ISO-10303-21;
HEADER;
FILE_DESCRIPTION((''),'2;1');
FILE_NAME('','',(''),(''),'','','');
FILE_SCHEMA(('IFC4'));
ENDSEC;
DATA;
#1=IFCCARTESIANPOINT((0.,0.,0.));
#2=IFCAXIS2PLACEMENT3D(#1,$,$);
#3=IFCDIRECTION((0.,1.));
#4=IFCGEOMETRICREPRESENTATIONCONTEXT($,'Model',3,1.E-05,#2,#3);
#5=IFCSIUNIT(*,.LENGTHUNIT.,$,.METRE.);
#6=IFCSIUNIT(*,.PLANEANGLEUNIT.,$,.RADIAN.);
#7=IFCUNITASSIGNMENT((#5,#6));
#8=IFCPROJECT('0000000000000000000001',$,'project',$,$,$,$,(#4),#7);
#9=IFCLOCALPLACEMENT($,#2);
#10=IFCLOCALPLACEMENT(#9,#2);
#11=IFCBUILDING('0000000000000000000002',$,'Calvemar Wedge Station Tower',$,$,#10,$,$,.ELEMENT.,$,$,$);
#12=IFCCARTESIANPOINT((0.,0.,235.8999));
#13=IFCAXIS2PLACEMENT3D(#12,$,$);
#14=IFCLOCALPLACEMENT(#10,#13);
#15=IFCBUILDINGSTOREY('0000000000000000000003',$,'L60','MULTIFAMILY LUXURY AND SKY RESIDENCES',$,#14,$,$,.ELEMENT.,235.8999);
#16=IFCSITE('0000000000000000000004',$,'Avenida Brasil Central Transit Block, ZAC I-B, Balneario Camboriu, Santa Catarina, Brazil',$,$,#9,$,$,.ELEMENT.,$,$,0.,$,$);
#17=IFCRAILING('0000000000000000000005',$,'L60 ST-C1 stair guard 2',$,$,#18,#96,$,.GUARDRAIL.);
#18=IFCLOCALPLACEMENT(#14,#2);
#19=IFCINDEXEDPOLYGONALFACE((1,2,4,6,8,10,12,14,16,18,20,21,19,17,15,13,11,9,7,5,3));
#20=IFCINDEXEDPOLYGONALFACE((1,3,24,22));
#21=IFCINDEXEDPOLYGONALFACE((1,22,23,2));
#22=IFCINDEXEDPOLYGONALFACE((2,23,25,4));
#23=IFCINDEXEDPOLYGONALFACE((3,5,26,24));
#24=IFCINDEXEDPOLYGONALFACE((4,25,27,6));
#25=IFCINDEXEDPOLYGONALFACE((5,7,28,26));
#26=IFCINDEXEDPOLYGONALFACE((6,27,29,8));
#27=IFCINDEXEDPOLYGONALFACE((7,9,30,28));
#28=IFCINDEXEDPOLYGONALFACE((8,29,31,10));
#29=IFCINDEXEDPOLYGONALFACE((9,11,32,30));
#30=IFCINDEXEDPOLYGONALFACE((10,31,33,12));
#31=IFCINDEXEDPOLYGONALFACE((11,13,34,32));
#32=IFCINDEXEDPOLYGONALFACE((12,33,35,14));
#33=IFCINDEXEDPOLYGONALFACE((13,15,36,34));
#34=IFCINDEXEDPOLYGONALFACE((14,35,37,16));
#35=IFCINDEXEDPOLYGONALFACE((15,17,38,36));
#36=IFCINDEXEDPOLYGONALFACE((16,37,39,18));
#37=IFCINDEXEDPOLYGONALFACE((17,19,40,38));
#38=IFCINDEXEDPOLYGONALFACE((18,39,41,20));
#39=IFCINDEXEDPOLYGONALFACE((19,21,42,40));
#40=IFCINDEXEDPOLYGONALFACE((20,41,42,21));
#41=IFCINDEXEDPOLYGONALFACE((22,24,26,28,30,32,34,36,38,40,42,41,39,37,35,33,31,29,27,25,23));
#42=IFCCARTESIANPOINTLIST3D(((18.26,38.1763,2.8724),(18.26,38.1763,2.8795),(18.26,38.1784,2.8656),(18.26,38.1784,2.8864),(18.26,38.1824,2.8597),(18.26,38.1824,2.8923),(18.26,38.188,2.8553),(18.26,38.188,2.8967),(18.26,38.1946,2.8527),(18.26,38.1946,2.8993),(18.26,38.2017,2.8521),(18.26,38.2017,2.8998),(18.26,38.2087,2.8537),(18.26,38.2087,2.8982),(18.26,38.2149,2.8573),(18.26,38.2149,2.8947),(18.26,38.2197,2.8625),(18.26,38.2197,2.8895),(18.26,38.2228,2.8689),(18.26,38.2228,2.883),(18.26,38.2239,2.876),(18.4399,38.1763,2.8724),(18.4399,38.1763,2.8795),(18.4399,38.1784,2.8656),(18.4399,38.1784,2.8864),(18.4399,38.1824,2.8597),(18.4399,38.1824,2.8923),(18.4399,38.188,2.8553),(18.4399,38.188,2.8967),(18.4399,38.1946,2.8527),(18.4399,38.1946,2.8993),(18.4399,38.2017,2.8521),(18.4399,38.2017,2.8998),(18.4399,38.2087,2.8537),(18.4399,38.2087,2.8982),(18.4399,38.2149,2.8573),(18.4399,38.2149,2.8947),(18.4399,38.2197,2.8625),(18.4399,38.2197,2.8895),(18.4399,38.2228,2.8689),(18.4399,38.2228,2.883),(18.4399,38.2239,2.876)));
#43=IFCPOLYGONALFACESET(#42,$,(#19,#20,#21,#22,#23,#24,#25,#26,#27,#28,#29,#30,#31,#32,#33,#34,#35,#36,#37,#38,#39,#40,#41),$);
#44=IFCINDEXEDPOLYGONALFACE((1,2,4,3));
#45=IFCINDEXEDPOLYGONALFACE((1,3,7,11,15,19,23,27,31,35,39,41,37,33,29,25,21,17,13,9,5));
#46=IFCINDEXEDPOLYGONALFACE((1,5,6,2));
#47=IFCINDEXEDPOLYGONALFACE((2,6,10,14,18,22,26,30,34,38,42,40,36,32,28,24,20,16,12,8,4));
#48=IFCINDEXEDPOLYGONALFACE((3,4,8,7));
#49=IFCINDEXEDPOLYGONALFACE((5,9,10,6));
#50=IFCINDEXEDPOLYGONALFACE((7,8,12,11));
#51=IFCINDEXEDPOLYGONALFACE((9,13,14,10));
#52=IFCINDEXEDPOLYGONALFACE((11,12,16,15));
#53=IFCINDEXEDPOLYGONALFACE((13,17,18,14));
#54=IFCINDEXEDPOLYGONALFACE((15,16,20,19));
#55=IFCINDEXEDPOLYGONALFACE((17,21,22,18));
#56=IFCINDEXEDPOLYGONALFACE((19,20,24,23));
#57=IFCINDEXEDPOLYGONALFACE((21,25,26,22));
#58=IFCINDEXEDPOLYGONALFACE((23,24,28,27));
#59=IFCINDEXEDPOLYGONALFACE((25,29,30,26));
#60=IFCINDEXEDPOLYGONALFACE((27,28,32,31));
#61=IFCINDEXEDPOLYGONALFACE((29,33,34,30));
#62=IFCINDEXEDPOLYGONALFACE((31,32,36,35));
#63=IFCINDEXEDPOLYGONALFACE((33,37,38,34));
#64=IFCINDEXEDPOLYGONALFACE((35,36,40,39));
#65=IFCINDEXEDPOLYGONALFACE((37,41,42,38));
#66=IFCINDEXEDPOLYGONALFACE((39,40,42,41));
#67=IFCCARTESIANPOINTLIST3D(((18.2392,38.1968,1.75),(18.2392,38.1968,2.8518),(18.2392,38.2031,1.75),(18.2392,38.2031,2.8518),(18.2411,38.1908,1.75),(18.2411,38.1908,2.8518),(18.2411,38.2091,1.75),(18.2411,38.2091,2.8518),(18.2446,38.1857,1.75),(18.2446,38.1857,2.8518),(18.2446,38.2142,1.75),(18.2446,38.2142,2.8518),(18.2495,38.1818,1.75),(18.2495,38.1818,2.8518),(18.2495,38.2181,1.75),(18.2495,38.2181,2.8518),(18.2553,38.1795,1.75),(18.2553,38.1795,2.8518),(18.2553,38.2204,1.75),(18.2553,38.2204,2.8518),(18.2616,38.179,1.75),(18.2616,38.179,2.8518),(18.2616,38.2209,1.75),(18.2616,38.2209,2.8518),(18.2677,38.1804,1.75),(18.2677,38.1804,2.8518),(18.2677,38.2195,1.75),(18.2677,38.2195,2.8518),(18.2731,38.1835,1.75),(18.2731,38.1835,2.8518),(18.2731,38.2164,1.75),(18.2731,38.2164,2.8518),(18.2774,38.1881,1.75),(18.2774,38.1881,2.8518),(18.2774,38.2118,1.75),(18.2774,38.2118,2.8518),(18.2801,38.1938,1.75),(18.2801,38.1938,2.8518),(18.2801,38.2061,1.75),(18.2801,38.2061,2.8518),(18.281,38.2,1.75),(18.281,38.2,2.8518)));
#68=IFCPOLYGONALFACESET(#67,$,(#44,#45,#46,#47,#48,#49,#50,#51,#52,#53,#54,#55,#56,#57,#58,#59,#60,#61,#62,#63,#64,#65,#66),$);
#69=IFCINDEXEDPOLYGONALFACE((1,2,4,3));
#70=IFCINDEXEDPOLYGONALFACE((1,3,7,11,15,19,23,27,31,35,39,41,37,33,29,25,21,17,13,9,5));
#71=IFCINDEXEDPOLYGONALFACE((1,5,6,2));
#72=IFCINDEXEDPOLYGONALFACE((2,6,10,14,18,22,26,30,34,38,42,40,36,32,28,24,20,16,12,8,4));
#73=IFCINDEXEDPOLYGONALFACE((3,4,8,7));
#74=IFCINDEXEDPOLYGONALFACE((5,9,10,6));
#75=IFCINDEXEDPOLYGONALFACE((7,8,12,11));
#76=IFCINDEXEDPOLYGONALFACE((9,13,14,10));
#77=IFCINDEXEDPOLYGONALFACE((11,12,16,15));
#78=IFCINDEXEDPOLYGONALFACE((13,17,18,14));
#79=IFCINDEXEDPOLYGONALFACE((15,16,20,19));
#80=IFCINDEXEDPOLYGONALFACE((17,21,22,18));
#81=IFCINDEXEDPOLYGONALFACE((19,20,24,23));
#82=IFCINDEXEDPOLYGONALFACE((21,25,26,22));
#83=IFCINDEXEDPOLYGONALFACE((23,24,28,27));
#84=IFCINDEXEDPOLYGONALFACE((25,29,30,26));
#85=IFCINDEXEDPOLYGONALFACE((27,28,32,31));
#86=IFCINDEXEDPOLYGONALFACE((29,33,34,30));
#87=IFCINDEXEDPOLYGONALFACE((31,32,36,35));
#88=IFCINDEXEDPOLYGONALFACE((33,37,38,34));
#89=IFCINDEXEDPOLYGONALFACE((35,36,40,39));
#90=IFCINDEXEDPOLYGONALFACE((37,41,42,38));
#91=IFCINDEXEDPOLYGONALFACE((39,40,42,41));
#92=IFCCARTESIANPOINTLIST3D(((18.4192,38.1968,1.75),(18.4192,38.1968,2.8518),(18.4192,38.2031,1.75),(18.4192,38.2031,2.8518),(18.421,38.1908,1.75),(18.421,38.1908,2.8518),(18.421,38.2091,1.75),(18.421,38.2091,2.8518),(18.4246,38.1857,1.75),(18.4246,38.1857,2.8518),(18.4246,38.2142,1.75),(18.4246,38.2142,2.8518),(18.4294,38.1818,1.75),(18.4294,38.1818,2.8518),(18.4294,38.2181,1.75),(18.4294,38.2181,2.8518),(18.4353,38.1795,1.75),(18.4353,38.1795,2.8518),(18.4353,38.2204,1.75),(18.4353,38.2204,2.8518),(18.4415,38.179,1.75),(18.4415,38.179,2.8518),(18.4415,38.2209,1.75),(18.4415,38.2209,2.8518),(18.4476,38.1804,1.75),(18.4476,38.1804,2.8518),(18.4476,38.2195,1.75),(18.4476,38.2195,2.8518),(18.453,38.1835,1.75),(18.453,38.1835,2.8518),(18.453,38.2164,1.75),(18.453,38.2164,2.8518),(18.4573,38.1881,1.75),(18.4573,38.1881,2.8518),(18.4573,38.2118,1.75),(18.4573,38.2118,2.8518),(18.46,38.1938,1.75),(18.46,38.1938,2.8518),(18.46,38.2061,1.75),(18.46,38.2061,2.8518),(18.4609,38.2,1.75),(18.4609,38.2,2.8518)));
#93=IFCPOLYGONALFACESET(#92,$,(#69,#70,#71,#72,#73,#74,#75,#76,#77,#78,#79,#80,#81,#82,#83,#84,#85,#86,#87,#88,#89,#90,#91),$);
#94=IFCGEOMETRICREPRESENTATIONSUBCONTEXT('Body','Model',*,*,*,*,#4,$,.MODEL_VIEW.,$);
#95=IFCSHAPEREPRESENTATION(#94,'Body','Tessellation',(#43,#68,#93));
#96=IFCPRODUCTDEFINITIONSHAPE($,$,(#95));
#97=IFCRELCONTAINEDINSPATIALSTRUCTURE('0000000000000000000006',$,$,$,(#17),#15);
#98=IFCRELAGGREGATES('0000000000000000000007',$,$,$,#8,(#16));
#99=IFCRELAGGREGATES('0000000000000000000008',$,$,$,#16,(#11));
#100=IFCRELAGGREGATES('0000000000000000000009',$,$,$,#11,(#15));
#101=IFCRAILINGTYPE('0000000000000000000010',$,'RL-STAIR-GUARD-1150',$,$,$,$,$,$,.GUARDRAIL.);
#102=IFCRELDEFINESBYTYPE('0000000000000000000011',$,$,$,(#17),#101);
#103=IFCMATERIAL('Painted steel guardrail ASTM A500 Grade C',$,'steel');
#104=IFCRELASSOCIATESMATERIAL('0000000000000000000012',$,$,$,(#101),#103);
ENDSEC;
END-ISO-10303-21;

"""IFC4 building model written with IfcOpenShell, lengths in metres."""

from ifc_helpers import new_model, si_unit, direction, frame, origin, origin_2d, place, context, subcontext, project, spatial, circle, extrude, material, type_object, element, save


model = new_model("IFC4")

# Units and contexts
model_context = context("Model", 3, precision=1e-05, world=origin(), true_north=direction((0.0, 1.0)))
body_context = subcontext(model_context, "Body", "Model", "MODEL_VIEW")
ifc_project = project(units=[si_unit("LENGTHUNIT", "METRE"), si_unit("PLANEANGLEUNIT", "RADIAN")], contexts=[model_context])

# Site, building, storey
site_placement = place(None, origin())
site = spatial("IfcSite", under=ifc_project, at=site_placement, Name="Avenida Brasil Central Transit Block, ZAC I-B, Balneario Camboriu, Santa Catarina, Brazil", CompositionType="ELEMENT", RefElevation=0.0)
building_placement = place(site_placement, origin())
building = spatial("IfcBuilding", under=site, at=building_placement, Name="Calvemar Wedge Station Tower", CompositionType="ELEMENT")
storey_placement = place(building_placement, frame((0.0, 0.0, 235.8999)))
storey = spatial("IfcBuildingStorey", under=building, at=storey_placement, Name="L60", Description="MULTIFAMILY LUXURY AND SKY RESIDENCES", CompositionType="ELEMENT", Elevation=235.8999)

# Railing
ifc_material_1 = material(Name="Painted steel guardrail ASTM A500 Grade C", Category="steel")
railing_type_1 = type_object("IfcRailingType", Name="RL-STAIR-GUARD-1150", PredefinedType="GUARDRAIL", material=ifc_material_1)
railing_1_placement = place(storey_placement, frame((18.26, 38.2, 1.75)))
element("IfcRailing", 1, at=railing_1_placement, inside=storey, type_object=railing_type_1, Name="L60 ST-C1 stair guard 2", PredefinedType="GUARDRAIL", context=body_context, shape_type="SweptSolid", body=[
    extrude(circle(Radius=0.0239, at=origin_2d()), frame((0.0, 0.0, 1.126), z_axis=(1.0, 0.0, 0.0), x_axis=(0.0, 1.0, 0.0)), (0.0, 0.0, 1.0), 0.1799),
    extrude(circle(Radius=0.021, at=origin_2d()), origin(), (0.0, 0.0, 1.0), 1.1018),
    extrude(circle(Radius=0.021, at=origin_2d()), frame((0.1799, 0.0, 0.0)), (0.0, 0.0, 1.0), 1.1018),
])

save(model, "model.ifc")
